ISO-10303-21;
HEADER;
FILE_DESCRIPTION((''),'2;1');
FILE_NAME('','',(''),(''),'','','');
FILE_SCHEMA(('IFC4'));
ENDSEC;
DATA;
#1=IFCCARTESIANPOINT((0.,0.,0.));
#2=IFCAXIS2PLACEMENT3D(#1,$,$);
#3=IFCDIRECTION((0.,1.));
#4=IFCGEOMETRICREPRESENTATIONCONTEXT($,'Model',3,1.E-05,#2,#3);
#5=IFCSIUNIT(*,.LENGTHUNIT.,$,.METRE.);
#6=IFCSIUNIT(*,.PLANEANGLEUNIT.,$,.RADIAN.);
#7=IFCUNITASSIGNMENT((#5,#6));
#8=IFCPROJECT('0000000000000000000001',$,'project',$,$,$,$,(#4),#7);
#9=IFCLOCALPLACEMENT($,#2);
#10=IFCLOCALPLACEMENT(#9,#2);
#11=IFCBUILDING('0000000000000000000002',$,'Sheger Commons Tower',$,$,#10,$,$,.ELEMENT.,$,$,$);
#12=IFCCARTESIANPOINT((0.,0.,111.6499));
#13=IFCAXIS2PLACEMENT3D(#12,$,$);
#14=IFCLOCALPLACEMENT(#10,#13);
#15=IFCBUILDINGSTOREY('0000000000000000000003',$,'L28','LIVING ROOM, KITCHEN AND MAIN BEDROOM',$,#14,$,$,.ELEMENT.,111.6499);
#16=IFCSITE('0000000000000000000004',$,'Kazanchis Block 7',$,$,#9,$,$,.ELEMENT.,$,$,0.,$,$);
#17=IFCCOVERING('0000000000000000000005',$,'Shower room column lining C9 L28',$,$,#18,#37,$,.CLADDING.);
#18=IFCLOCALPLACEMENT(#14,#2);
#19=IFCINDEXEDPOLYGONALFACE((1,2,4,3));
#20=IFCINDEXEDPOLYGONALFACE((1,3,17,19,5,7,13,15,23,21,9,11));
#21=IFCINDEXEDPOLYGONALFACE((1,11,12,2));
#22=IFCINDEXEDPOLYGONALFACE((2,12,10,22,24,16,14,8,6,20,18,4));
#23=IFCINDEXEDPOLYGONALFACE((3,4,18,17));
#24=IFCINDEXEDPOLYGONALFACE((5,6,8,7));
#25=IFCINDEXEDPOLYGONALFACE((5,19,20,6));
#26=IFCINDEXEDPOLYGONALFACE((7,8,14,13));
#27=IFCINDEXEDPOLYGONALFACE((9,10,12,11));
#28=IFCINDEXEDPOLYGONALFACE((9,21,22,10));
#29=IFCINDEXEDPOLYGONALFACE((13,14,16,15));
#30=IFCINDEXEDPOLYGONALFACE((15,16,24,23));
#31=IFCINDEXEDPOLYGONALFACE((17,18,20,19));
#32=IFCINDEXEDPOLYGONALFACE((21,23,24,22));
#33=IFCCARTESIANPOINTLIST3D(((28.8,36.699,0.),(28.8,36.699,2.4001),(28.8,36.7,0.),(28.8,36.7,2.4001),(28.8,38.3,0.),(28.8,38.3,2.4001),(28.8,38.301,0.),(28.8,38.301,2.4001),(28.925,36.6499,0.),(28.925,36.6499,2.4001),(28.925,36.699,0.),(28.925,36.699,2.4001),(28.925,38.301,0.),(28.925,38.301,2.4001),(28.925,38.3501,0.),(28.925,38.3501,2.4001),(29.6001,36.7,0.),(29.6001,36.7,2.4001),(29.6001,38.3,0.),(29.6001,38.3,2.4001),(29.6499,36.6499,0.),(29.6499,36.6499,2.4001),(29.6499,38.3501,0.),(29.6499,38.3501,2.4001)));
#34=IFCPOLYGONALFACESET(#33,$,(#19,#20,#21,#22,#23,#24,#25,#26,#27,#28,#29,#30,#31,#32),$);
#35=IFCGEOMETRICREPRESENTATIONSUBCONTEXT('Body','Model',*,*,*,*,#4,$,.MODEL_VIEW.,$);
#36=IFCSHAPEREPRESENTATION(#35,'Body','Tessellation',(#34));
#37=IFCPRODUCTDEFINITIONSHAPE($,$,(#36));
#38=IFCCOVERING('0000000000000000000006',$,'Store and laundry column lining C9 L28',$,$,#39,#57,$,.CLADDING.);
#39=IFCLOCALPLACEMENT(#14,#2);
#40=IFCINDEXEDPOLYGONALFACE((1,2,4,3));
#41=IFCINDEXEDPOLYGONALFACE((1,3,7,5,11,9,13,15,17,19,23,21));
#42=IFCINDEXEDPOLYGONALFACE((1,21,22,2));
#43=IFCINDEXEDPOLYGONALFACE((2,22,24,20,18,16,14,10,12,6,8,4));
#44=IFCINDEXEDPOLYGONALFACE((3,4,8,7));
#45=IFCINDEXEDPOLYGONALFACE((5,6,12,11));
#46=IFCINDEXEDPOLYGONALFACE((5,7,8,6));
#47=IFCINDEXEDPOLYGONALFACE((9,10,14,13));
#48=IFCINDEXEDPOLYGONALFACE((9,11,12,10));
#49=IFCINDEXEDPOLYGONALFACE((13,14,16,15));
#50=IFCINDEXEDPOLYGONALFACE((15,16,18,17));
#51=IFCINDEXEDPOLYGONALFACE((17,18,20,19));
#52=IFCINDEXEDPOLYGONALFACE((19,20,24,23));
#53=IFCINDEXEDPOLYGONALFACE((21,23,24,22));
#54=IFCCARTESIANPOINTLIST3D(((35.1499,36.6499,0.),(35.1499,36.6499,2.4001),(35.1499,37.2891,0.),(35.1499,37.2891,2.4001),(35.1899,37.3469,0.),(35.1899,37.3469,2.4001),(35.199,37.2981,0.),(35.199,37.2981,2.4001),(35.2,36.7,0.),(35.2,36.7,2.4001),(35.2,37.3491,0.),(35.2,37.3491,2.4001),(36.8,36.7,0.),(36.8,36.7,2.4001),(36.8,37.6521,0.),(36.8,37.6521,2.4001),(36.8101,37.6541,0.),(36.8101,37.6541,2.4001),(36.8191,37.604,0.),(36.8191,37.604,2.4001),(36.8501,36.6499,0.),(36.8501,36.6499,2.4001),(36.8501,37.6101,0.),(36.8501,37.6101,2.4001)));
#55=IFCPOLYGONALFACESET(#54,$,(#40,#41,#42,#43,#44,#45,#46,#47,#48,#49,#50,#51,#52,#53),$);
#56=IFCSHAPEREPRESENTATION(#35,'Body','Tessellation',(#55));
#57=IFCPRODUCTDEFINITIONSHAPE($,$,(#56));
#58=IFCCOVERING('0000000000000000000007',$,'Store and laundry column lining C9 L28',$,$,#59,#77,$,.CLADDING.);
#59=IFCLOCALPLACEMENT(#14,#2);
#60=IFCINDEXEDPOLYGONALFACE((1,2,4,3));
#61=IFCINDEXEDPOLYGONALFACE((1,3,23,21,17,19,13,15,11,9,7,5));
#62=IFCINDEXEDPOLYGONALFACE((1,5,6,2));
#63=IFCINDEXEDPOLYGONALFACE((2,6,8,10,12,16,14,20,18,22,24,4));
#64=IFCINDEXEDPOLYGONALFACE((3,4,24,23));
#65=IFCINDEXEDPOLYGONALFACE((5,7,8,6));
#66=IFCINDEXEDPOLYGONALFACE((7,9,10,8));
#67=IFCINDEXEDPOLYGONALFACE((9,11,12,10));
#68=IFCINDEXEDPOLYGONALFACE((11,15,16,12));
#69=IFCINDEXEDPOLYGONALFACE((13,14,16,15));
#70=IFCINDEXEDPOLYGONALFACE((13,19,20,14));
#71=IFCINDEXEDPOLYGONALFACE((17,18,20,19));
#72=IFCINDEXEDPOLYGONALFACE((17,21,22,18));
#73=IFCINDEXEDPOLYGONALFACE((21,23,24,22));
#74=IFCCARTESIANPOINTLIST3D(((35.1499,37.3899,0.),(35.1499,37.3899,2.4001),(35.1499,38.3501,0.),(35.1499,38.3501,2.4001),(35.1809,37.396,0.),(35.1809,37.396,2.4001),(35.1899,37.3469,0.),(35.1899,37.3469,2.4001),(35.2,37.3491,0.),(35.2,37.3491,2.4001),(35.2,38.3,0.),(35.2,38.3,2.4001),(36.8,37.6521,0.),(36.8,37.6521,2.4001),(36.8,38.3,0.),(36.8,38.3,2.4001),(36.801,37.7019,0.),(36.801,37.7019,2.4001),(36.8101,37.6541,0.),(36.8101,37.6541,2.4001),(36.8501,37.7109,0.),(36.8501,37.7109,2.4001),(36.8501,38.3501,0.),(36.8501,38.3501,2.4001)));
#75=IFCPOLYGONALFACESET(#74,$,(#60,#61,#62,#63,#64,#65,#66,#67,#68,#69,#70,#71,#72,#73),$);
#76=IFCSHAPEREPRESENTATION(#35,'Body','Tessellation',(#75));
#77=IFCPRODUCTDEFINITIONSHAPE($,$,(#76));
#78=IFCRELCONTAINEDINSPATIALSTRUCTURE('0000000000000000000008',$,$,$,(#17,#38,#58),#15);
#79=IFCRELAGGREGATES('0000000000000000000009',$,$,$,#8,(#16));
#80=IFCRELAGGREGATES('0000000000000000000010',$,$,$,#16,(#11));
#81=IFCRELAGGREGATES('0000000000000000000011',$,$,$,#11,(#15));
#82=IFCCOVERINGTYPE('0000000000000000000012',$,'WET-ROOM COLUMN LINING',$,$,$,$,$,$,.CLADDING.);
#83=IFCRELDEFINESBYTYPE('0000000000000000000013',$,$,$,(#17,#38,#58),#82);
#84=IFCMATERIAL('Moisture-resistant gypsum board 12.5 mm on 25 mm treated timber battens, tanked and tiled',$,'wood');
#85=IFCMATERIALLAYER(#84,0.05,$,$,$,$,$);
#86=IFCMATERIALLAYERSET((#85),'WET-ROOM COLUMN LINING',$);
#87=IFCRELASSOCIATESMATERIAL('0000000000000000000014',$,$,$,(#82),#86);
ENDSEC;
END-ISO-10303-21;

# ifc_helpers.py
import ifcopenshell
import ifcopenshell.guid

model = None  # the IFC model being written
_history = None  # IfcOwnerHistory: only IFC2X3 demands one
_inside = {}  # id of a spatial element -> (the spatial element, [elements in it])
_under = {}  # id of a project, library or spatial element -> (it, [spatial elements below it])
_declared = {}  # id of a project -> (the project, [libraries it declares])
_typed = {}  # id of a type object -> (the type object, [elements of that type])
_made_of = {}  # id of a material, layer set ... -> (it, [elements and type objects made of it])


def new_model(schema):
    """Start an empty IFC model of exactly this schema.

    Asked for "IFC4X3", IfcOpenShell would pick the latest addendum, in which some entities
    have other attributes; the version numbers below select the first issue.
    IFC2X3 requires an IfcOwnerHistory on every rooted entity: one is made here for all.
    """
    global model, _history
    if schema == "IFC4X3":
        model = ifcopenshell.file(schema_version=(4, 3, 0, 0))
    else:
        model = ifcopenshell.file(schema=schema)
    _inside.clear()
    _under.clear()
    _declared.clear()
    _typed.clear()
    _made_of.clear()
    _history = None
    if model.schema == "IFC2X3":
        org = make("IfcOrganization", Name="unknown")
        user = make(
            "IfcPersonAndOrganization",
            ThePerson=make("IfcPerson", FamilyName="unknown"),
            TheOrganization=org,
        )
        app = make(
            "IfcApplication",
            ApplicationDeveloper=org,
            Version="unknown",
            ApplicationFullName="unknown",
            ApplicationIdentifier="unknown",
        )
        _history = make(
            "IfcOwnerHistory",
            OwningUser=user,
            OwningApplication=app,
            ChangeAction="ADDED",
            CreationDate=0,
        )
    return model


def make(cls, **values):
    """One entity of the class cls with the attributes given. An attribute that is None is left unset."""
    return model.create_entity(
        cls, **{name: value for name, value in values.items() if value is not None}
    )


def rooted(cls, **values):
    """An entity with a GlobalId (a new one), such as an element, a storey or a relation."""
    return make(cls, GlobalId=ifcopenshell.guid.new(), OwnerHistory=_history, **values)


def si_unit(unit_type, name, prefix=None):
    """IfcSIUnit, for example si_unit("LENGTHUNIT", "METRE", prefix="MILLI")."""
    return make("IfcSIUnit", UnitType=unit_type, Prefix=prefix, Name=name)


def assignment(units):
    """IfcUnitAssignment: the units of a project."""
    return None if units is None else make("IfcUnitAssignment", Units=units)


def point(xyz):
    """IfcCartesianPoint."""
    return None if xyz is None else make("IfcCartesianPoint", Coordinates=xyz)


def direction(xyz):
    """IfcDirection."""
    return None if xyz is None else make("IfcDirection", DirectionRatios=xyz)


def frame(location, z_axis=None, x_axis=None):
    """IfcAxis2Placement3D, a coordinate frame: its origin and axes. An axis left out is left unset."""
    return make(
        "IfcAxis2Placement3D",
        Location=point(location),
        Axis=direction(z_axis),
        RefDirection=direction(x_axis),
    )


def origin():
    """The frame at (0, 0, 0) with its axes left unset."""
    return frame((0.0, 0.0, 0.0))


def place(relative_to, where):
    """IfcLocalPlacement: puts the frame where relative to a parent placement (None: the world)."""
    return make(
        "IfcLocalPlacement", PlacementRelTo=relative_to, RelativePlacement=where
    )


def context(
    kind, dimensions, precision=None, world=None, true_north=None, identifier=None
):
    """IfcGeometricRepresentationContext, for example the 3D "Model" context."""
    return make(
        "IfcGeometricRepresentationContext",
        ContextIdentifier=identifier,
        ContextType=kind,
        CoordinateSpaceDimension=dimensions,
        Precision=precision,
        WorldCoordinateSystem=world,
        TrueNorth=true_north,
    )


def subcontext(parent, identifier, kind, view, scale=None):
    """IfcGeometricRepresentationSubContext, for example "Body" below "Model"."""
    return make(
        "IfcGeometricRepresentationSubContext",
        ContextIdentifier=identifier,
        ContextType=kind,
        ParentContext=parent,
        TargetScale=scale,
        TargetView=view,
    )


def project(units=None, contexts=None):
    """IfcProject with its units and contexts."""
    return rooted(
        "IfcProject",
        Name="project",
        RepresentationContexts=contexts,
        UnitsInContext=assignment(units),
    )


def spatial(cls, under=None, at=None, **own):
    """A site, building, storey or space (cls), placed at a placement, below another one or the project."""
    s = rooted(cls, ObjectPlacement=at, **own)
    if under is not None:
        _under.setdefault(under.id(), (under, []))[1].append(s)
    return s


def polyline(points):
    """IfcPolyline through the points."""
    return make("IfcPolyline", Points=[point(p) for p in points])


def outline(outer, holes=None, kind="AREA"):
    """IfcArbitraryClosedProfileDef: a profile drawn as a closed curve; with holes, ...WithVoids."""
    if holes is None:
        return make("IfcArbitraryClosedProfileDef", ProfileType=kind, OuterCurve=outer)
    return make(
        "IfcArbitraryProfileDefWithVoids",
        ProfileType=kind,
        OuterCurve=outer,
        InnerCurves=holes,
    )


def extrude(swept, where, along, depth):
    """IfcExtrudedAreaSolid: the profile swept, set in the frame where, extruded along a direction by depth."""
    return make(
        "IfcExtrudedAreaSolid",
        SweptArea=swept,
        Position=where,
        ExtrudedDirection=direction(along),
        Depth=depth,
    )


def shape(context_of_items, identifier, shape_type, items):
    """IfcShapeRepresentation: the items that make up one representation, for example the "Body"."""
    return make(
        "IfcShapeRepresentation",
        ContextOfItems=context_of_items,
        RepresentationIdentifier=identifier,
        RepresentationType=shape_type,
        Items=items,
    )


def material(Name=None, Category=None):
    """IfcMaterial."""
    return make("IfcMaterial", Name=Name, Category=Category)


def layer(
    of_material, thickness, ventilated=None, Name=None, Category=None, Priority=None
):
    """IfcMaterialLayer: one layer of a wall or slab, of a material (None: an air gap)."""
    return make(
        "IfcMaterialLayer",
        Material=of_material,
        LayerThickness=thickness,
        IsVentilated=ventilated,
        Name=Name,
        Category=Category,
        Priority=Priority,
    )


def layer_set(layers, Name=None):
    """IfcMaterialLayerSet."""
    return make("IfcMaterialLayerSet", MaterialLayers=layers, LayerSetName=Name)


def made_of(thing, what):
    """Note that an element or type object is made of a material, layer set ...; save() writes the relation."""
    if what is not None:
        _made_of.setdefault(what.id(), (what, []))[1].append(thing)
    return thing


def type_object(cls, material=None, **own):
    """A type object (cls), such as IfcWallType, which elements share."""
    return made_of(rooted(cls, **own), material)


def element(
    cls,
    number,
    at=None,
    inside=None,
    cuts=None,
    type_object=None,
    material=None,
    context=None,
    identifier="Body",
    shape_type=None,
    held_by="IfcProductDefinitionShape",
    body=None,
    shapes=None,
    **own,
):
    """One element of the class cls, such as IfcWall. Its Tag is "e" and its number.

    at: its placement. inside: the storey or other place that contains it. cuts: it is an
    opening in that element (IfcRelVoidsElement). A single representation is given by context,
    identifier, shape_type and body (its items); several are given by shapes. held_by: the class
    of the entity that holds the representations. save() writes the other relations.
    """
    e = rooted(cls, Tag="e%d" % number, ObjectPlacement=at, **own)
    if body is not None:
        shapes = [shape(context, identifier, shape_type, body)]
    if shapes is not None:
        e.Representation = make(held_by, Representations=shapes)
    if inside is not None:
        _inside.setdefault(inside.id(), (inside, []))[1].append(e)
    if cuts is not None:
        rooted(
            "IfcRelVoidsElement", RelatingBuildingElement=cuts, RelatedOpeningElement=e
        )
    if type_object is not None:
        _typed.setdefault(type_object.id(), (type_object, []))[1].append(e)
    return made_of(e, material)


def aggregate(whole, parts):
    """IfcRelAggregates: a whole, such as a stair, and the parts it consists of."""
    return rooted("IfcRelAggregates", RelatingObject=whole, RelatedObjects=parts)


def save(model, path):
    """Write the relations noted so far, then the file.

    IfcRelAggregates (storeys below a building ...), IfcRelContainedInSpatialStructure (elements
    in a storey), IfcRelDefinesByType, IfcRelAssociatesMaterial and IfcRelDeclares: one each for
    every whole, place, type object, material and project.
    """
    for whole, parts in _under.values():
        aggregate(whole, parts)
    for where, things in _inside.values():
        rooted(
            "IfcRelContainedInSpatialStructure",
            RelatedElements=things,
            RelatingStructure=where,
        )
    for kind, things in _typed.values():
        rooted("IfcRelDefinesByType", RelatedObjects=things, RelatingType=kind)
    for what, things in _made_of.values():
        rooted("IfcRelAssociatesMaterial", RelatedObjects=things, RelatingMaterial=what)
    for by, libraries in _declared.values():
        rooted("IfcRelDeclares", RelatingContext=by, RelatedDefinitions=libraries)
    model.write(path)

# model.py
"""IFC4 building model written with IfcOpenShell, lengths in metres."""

from ifc_helpers import new_model, si_unit, direction, frame, origin, place, context, subcontext, project, spatial, polyline, outline, extrude, material, layer, layer_set, type_object, element, save


model = new_model("IFC4")

# Units and contexts
model_context = context("Model", 3, precision=1e-05, world=origin(), true_north=direction((0.0, 1.0)))
body_context = subcontext(model_context, "Body", "Model", "MODEL_VIEW")
ifc_project = project(units=[si_unit("LENGTHUNIT", "METRE"), si_unit("PLANEANGLEUNIT", "RADIAN")], contexts=[model_context])

# Site, building, storey
site_placement = place(None, origin())
site = spatial("IfcSite", under=ifc_project, at=site_placement, Name="Kazanchis Block 7", CompositionType="ELEMENT", RefElevation=0.0)
building_placement = place(site_placement, origin())
building = spatial("IfcBuilding", under=site, at=building_placement, Name="Sheger Commons Tower", CompositionType="ELEMENT")
storey_placement = place(building_placement, frame((0.0, 0.0, 111.6499)))
storey = spatial("IfcBuildingStorey", under=building, at=storey_placement, Name="L28", Description="LIVING ROOM, KITCHEN AND MAIN BEDROOM", CompositionType="ELEMENT", Elevation=111.6499)

# Coverings
ifc_material_1 = material(Name="Moisture-resistant gypsum board 12.5 mm on 25 mm treated timber battens, tanked and tiled", Category="wood")
ifc_layer_1 = layer(ifc_material_1, 0.05)
ifc_layer_set_1 = layer_set([ifc_layer_1], Name="WET-ROOM COLUMN LINING")
covering_type_1 = type_object("IfcCoveringType", Name="WET-ROOM COLUMN LINING", PredefinedType="CLADDING", material=ifc_layer_set_1)
covering_1_placement = place(storey_placement, origin())
element("IfcCovering", 1, at=covering_1_placement, inside=storey, type_object=covering_type_1, Name="Shower room column lining C9 L28", PredefinedType="CLADDING", context=body_context, shape_type="SweptSolid", body=[
    extrude(outline(polyline([(29.6499, 36.6499), (28.925, 36.6499), (28.925, 36.699), (28.8, 36.699), (28.8, 36.7), (29.6001, 36.7), (29.6001, 38.3), (28.8, 38.3), (28.8, 38.301), (28.925, 38.301), (28.925, 38.3501), (29.6499, 38.3501), (29.6499, 36.6499)])), origin(), (0.0, 0.0, 1.0), 2.4001),
])
covering_2_placement = place(storey_placement, origin())
element("IfcCovering", 2, at=covering_2_placement, inside=storey, type_object=covering_type_1, Name="Store and laundry column lining C9 L28", PredefinedType="CLADDING", context=body_context, shape_type="SweptSolid", body=[
    extrude(outline(polyline([(35.2, 37.3491), (35.2, 36.7), (36.8, 36.7), (36.8, 37.6521), (36.8101, 37.6541), (36.8191, 37.604), (36.8501, 37.6101), (36.8501, 36.6499), (35.1499, 36.6499), (35.1499, 37.2891), (35.199, 37.2981), (35.1899, 37.3469), (35.2, 37.3491)])), origin(), (0.0, 0.0, 1.0), 2.4001),
])
covering_3_placement = place(storey_placement, origin())
element("IfcCovering", 3, at=covering_3_placement, inside=storey, type_object=covering_type_1, Name="Store and laundry column lining C9 L28", PredefinedType="CLADDING", context=body_context, shape_type="SweptSolid", body=[
    extrude(outline(polyline([(36.8501, 38.3501), (36.8501, 37.7109), (36.801, 37.7019), (36.8101, 37.6541), (36.8, 37.6521), (36.8, 38.3), (35.2, 38.3), (35.2, 37.3491), (35.1899, 37.3469), (35.1809, 37.396), (35.1499, 37.3899), (35.1499, 38.3501), (36.8501, 38.3501)])), origin(), (0.0, 0.0, 1.0), 2.4001),
])

save(model, "model.ifc")
